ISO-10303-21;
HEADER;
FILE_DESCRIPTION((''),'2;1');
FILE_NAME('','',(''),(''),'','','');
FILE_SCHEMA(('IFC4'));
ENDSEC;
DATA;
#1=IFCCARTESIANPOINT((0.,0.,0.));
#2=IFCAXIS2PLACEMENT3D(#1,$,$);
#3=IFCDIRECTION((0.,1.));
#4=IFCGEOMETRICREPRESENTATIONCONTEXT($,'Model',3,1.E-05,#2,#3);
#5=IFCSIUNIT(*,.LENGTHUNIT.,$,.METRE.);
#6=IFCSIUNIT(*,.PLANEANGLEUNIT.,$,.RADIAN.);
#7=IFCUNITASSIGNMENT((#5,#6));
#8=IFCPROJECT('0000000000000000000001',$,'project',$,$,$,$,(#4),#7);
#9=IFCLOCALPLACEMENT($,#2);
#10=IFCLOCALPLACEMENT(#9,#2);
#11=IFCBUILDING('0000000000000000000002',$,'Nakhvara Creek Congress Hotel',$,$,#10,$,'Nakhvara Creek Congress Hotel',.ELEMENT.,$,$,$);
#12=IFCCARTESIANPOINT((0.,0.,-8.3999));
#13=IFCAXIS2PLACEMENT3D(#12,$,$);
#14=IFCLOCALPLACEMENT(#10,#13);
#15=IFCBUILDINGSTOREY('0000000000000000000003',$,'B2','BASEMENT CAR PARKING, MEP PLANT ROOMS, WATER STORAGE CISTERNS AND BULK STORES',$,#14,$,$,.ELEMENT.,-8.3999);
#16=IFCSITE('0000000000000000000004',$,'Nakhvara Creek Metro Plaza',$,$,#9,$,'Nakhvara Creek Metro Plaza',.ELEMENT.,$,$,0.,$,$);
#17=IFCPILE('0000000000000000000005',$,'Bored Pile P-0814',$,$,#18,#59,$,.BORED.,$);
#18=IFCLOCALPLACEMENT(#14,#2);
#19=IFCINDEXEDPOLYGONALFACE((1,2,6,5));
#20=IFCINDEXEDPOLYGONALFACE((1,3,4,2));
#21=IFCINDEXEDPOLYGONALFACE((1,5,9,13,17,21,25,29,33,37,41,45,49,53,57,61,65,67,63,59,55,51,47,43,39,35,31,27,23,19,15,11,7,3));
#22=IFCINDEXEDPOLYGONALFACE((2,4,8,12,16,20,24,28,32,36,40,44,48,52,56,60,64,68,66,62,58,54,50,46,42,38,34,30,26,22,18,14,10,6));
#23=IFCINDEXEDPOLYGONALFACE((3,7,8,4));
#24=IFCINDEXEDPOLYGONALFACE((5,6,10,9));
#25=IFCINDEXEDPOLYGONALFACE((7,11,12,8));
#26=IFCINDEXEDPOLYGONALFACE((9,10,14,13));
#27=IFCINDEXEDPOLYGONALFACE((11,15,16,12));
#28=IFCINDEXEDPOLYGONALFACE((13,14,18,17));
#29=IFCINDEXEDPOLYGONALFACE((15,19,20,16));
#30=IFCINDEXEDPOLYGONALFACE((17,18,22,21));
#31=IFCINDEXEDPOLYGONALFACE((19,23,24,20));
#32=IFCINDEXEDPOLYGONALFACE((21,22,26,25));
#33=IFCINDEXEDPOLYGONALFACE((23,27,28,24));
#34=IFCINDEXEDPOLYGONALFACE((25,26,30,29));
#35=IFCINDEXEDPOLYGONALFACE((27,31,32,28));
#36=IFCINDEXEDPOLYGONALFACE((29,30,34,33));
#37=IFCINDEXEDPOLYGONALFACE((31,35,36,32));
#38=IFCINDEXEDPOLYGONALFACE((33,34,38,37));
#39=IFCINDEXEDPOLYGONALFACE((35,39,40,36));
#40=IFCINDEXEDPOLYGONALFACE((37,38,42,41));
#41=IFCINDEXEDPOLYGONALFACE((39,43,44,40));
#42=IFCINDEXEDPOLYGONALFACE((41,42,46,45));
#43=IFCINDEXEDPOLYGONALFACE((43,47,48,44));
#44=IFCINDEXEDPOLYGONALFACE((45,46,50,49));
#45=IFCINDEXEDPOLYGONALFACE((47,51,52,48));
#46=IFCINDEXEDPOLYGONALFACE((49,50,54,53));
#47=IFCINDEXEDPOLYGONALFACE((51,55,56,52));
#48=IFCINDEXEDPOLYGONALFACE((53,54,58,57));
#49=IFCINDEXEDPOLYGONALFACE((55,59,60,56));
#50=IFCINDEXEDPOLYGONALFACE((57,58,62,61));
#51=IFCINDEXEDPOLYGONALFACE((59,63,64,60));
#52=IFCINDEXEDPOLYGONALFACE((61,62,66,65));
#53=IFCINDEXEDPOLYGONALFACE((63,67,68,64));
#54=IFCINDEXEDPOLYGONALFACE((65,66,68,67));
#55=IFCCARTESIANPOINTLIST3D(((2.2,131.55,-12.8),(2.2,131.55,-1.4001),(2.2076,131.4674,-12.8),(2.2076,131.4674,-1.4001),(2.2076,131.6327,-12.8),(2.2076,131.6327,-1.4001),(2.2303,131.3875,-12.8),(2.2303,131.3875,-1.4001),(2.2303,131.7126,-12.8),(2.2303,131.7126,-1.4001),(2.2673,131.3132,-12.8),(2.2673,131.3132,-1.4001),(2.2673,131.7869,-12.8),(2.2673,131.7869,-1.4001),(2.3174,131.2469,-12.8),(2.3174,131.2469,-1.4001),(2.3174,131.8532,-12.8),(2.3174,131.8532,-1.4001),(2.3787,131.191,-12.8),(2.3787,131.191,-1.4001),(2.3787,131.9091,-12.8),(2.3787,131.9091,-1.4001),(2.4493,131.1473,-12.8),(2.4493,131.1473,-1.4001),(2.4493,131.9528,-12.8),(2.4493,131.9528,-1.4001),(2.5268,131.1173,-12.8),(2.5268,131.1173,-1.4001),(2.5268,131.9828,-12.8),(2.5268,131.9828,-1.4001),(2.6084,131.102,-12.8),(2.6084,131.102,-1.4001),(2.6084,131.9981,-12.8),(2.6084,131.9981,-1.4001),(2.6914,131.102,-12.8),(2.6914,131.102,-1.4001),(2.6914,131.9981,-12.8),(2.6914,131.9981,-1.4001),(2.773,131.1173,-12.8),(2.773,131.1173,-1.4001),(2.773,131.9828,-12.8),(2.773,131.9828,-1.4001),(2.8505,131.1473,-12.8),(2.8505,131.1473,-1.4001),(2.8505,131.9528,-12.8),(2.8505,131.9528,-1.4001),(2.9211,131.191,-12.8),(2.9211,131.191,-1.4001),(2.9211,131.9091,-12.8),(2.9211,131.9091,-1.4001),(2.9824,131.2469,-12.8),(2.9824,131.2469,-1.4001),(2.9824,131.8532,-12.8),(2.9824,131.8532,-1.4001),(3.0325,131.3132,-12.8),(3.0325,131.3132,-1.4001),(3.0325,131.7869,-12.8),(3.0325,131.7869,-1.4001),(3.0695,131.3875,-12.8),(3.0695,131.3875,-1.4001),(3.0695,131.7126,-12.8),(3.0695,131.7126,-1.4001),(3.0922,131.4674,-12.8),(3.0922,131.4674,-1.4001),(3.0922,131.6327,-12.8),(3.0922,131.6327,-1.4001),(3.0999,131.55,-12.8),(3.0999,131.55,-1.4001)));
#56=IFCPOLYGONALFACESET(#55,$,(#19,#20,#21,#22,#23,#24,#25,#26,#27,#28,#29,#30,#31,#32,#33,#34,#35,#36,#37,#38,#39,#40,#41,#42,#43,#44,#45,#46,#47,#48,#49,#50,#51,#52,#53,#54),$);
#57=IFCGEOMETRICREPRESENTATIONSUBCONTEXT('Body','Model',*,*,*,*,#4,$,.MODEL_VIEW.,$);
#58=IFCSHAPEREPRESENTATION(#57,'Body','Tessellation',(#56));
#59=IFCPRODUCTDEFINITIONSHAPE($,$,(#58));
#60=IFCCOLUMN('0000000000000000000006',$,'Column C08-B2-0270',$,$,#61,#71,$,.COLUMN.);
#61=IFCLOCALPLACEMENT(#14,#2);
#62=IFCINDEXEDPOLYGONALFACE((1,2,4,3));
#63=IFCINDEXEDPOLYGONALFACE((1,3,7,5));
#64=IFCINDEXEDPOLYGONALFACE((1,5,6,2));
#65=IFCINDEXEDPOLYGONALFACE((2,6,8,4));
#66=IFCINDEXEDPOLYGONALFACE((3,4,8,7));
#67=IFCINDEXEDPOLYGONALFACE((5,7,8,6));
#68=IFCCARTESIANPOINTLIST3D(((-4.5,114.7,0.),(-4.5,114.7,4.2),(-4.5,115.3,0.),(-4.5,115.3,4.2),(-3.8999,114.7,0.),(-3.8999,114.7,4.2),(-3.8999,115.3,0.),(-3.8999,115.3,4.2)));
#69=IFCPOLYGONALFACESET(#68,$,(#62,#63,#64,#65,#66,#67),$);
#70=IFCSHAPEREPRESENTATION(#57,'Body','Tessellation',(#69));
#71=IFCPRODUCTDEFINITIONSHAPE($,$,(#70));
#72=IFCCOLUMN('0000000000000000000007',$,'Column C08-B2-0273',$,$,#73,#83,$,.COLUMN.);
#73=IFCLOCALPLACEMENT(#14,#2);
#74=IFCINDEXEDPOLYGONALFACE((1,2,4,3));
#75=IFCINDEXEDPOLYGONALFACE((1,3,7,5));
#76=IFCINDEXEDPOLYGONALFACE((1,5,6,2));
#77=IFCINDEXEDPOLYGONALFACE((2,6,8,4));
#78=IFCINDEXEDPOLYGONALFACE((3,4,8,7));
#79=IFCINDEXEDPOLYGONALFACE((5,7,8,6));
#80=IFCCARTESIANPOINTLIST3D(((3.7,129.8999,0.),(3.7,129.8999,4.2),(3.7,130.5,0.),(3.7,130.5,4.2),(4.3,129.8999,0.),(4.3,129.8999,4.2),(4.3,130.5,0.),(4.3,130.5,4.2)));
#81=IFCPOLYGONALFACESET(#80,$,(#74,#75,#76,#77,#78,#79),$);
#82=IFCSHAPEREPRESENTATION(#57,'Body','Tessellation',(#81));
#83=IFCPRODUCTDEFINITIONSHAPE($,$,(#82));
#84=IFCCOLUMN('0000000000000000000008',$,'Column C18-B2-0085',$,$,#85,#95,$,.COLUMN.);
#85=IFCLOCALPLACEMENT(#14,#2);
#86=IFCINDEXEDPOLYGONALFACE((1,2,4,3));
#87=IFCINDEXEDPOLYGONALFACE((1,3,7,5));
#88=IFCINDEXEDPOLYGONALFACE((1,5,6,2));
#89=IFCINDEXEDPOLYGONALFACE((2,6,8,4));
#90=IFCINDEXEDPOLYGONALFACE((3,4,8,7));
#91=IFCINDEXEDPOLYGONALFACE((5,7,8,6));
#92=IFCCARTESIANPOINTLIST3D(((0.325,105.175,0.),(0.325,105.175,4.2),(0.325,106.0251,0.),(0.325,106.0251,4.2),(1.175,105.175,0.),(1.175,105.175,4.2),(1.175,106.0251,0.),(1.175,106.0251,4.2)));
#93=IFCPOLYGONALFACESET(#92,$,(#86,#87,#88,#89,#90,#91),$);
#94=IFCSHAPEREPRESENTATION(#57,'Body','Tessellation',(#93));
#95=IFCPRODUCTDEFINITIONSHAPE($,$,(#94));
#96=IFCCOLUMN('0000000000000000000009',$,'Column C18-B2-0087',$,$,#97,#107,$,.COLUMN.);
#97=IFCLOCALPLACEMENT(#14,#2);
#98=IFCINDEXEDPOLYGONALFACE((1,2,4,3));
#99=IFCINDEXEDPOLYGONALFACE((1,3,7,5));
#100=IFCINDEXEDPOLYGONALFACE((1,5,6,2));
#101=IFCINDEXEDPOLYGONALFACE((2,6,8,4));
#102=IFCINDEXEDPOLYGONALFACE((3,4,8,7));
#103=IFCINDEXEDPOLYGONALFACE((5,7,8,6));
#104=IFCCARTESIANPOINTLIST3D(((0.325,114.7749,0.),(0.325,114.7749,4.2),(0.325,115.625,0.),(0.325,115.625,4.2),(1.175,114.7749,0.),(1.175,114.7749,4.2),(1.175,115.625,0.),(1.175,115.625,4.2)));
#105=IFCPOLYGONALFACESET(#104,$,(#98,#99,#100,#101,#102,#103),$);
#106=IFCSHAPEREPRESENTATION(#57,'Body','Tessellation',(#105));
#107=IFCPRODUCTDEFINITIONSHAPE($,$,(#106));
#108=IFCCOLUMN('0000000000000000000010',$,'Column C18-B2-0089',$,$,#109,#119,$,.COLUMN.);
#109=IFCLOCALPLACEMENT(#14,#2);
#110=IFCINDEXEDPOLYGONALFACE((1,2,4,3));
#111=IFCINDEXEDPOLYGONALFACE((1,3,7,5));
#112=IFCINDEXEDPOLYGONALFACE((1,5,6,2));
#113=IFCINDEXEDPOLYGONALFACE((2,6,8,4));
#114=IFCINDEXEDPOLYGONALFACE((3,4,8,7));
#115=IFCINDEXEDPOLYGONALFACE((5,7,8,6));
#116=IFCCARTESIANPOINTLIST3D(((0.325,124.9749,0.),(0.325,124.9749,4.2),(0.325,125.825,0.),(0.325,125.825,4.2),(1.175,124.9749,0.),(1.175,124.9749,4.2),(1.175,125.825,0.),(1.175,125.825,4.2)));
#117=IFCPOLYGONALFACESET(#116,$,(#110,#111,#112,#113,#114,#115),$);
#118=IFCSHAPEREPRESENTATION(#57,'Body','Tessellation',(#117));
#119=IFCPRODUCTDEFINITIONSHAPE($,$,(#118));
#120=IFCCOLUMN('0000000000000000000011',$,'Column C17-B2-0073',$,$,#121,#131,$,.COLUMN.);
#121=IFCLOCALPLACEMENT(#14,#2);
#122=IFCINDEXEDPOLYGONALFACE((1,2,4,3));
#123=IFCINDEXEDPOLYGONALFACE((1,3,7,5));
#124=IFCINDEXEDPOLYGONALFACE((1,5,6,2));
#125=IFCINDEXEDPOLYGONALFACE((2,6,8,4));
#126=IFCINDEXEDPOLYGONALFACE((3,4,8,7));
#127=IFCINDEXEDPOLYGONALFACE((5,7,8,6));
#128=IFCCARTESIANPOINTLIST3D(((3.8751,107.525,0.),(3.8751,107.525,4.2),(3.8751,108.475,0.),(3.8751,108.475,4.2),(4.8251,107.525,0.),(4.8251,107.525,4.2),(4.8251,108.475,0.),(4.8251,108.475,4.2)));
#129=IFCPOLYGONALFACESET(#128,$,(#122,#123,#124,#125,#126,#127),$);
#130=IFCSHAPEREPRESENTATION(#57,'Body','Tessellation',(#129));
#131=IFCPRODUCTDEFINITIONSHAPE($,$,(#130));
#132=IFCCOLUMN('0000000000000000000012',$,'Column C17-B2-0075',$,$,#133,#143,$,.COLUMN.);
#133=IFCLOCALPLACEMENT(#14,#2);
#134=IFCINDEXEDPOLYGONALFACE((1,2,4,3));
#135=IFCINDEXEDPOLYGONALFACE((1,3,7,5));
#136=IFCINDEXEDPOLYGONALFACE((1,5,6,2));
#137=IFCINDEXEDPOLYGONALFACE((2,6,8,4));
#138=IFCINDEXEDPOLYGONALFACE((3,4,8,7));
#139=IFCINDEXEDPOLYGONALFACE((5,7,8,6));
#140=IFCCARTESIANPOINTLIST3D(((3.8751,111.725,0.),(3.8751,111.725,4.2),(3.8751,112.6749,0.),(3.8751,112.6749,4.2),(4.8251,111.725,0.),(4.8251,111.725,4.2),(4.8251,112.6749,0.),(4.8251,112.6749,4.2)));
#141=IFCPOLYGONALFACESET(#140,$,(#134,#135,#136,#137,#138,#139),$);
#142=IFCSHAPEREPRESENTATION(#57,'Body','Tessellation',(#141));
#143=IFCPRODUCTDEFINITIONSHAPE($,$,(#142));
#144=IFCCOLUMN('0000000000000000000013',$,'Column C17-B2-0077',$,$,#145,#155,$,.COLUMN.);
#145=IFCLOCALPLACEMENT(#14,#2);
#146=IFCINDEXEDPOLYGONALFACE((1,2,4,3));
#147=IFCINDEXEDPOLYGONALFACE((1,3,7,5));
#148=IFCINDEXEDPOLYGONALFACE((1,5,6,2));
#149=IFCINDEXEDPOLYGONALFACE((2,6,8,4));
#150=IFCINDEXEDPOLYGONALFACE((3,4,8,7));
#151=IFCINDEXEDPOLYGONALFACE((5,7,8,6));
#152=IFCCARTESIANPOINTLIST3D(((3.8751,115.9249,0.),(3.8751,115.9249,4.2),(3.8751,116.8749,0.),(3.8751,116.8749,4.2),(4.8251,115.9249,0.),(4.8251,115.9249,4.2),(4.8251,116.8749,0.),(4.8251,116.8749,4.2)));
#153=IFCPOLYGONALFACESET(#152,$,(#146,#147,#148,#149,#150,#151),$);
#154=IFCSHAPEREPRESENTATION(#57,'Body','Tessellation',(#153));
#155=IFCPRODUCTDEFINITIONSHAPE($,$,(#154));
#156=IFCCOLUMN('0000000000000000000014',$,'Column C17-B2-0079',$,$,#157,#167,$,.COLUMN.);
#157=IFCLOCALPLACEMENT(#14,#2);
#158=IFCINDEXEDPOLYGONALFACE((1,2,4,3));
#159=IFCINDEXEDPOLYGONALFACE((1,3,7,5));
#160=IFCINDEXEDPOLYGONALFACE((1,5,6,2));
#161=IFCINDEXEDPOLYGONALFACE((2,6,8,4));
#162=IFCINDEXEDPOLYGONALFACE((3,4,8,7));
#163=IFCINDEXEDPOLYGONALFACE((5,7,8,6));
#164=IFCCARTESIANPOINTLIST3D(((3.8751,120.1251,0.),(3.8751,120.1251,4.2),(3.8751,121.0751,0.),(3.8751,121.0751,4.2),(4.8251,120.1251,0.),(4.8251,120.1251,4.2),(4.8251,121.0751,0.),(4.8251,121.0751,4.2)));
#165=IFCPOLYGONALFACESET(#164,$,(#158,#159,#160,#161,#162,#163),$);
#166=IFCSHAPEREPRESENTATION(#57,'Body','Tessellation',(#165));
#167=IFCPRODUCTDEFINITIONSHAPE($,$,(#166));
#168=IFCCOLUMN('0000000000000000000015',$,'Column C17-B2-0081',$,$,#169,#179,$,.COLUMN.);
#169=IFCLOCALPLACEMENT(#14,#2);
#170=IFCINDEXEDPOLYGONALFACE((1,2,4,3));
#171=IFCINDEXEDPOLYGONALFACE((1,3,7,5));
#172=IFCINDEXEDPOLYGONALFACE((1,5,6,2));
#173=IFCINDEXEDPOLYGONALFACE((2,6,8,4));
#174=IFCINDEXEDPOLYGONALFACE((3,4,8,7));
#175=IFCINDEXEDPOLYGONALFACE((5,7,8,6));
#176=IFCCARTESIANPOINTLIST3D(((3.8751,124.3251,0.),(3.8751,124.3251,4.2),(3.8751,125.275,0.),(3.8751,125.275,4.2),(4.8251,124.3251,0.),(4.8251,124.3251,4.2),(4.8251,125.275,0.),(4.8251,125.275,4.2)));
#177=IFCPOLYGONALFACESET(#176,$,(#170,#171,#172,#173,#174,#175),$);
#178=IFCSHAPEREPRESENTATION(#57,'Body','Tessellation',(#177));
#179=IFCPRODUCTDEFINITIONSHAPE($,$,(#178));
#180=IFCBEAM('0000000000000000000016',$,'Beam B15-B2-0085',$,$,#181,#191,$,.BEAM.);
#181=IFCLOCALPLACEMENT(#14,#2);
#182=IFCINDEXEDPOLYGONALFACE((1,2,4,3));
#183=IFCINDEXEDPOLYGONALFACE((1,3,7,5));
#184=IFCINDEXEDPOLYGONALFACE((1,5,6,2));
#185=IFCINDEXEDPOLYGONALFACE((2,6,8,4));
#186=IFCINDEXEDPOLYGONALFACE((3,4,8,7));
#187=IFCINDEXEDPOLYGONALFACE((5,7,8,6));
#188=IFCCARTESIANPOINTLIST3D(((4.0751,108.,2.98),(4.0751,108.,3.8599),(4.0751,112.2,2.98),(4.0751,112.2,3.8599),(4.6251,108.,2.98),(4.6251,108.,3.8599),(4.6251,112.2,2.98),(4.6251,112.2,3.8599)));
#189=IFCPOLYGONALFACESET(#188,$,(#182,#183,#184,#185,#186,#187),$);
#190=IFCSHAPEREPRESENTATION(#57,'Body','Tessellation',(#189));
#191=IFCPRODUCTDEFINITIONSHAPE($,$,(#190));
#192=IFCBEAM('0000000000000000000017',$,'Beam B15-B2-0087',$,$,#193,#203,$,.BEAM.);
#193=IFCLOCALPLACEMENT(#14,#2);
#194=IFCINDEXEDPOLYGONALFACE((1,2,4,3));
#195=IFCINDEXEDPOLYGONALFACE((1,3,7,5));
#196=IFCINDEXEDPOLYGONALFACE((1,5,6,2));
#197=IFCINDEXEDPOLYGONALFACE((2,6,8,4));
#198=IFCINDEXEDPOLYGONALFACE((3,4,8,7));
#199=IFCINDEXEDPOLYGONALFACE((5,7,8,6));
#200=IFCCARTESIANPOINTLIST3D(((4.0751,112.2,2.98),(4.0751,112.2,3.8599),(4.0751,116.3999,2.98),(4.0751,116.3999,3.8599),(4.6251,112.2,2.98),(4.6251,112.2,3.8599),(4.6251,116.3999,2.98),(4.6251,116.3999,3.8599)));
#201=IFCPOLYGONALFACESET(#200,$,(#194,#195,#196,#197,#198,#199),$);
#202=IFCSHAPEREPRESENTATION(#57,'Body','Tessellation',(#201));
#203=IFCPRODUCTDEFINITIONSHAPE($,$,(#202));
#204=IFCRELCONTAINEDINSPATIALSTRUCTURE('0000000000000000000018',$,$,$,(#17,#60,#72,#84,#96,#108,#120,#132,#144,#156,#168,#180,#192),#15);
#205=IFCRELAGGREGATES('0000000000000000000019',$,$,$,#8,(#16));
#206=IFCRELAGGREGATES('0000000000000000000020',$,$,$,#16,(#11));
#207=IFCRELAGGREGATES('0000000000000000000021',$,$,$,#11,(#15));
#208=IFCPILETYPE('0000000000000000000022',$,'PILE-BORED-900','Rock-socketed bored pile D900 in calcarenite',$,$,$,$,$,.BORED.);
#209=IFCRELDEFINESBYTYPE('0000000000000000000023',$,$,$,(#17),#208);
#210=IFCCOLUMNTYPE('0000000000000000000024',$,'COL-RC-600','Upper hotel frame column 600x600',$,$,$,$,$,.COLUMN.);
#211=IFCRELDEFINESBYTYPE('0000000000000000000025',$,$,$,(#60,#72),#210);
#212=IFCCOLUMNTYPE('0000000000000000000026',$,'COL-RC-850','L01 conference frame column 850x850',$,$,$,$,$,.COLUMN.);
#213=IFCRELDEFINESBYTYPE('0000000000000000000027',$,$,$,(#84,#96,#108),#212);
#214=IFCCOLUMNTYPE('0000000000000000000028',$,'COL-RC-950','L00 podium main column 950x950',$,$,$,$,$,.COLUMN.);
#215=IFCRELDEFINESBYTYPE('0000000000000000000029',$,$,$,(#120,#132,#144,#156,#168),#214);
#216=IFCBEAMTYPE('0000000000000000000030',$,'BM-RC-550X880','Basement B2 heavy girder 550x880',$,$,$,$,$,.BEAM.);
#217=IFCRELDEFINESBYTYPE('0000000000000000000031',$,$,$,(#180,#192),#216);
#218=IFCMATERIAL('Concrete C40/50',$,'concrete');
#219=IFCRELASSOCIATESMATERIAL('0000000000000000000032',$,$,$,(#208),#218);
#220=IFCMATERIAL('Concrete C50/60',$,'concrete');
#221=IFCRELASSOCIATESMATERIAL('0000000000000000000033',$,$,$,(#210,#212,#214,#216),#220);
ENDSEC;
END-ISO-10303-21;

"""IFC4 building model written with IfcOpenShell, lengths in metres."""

from ifc_helpers import new_model, si_unit, direction, frame, origin, origin_2d, place, context, subcontext, project, spatial, rectangle, circle, extrude, material, material_profile, profile_set, type_object, element, save


model = new_model("IFC4")

# Units and contexts
model_context = context("Model", 3, precision=1e-05, world=origin(), true_north=direction((0.0, 1.0)))
body_context = subcontext(model_context, "Body", "Model", "MODEL_VIEW")
ifc_project = project(units=[si_unit("LENGTHUNIT", "METRE"), si_unit("PLANEANGLEUNIT", "RADIAN")], contexts=[model_context])

# Site, building, storey
site_placement = place(None, origin())
site = spatial("IfcSite", under=ifc_project, at=site_placement, Name="Nakhvara Creek Metro Plaza", LongName="Nakhvara Creek Metro Plaza", CompositionType="ELEMENT", RefElevation=0.0)
building_placement = place(site_placement, origin())
building = spatial("IfcBuilding", under=site, at=building_placement, Name="Nakhvara Creek Congress Hotel", LongName="Nakhvara Creek Congress Hotel", CompositionType="ELEMENT")
storey_placement = place(building_placement, frame((0.0, 0.0, -8.3999)))
storey = spatial("IfcBuildingStorey", under=building, at=storey_placement, Name="B2", Description="BASEMENT CAR PARKING, MEP PLANT ROOMS, WATER STORAGE CISTERNS AND BULK STORES", CompositionType="ELEMENT", Elevation=-8.3999)

# Shared definitions
ifc_material_1 = material(Name="Concrete C40/50", Category="concrete")

# Pile
ifc_material_profile_1 = material_profile(ifc_material_1, circle(Radius=0.45, at=origin_2d()), Name="BORED PILE D900", Category="LoadBearing")
ifc_profile_set_1 = profile_set([ifc_material_profile_1], Name="Concrete C40/50")
pile_type = type_object("IfcPileType", Name="PILE-BORED-900", Description="Rock-socketed bored pile D900 in calcarenite", PredefinedType="BORED", material=ifc_profile_set_1)
pile_placement = place(storey_placement, frame((2.6499, 131.55, -1.4001), z_axis=(0.0, 0.0, -1.0), x_axis=(1.0, 0.0, 0.0)))
element("IfcPile", 1, at=pile_placement, inside=storey, type_object=pile_type, Name="Bored Pile P-0814", PredefinedType="BORED", context=body_context, shape_type="SweptSolid", body=[
    extrude(circle(Radius=0.45, at=origin_2d()), origin(), (0.0, 0.0, 1.0), 11.3999),
])

# Columns
ifc_material_2 = material(Name="Concrete C50/60", Category="concrete")
ifc_material_profile_2 = material_profile(ifc_material_2, rectangle(XDim=0.6001, YDim=0.6001, at=origin_2d()), Name="RC-COL 600x600", Category="LoadBearing")
ifc_profile_set_2 = profile_set([ifc_material_profile_2], Name="Concrete C50/60")
column_type_1 = type_object("IfcColumnType", Name="COL-RC-600", Description="Upper hotel frame column 600x600", PredefinedType="COLUMN", material=ifc_profile_set_2)
for number, where, z_axis, x_axis, name in (
    (2, (-4.2, 115.0, 0.0), (0.0, 0.0, 1.0), (1.0, 0.0, 0.0), "Column C08-B2-0270"),
    (3, (4.0, 130.2, 0.0), (0.0, 0.0, 1.0), (1.0, 0.0, 0.0), "Column C08-B2-0273"),
):
    element("IfcColumn", number, at=place(storey_placement, frame(where, z_axis=z_axis, x_axis=x_axis)), inside=storey, type_object=column_type_1, Name=name, PredefinedType="COLUMN", context=body_context, shape_type="SweptSolid", body=[
        extrude(rectangle(XDim=0.6001, YDim=0.6001, at=origin_2d()), origin(), (0.0, 0.0, 1.0), 4.2),
    ])
ifc_material_profile_3 = material_profile(ifc_material_2, rectangle(XDim=0.8501, YDim=0.8501, at=origin_2d()), Name="RC-COL 850x850", Category="LoadBearing")
ifc_profile_set_3 = profile_set([ifc_material_profile_3], Name="Concrete C50/60")
column_type_2 = type_object("IfcColumnType", Name="COL-RC-850", Description="L01 conference frame column 850x850", PredefinedType="COLUMN", material=ifc_profile_set_3)
for number, where, z_axis, x_axis, name in (
    (4, (0.75, 105.6001, 0.0), (0.0, 0.0, 1.0), (1.0, 0.0, 0.0), "Column C18-B2-0085"),
    (5, (0.75, 115.2, 0.0), (0.0, 0.0, 1.0), (1.0, 0.0, 0.0), "Column C18-B2-0087"),
    (6, (0.75, 125.3999, 0.0), (0.0, 0.0, 1.0), (1.0, 0.0, 0.0), "Column C18-B2-0089"),
):
    element("IfcColumn", number, at=place(storey_placement, frame(where, z_axis=z_axis, x_axis=x_axis)), inside=storey, type_object=column_type_2, Name=name, PredefinedType="COLUMN", context=body_context, shape_type="SweptSolid", body=[
        extrude(rectangle(XDim=0.8501, YDim=0.8501, at=origin_2d()), origin(), (0.0, 0.0, 1.0), 4.2),
    ])
ifc_material_profile_4 = material_profile(ifc_material_2, rectangle(XDim=0.95, YDim=0.95, at=origin_2d()), Name="RC-COL 950x950", Category="LoadBearing")
ifc_profile_set_4 = profile_set([ifc_material_profile_4], Name="Concrete C50/60")
column_type_3 = type_object("IfcColumnType", Name="COL-RC-950", Description="L00 podium main column 950x950", PredefinedType="COLUMN", material=ifc_profile_set_4)
for number, where, z_axis, x_axis, name in (
    (7, (4.3501, 108.0, 0.0), (0.0, 0.0, 1.0), (1.0, 0.0, 0.0), "Column C17-B2-0073"),
    (8, (4.3501, 112.2, 0.0), (0.0, 0.0, 1.0), (1.0, 0.0, 0.0), "Column C17-B2-0075"),
    (9, (4.3501, 116.3999, 0.0), (0.0, 0.0, 1.0), (1.0, 0.0, 0.0), "Column C17-B2-0077"),
    (10, (4.3501, 120.6001, 0.0), (0.0, 0.0, 1.0), (1.0, 0.0, 0.0), "Column C17-B2-0079"),
    (11, (4.3501, 124.8, 0.0), (0.0, 0.0, 1.0), (1.0, 0.0, 0.0), "Column C17-B2-0081"),
):
    element("IfcColumn", number, at=place(storey_placement, frame(where, z_axis=z_axis, x_axis=x_axis)), inside=storey, type_object=column_type_3, Name=name, PredefinedType="COLUMN", context=body_context, shape_type="SweptSolid", body=[
        extrude(rectangle(XDim=0.95, YDim=0.95, at=origin_2d()), origin(), (0.0, 0.0, 1.0), 4.2),
    ])

# Beams
ifc_material_profile_5 = material_profile(ifc_material_2, rectangle(XDim=0.55, YDim=0.8799, at=origin_2d()), Name="RC-BM 550x880", Category="LoadBearing")
ifc_profile_set_5 = profile_set([ifc_material_profile_5], Name="Concrete C50/60")
beam_type_1 = type_object("IfcBeamType", Name="BM-RC-550X880", Description="Basement B2 heavy girder 550x880", PredefinedType="BEAM", material=ifc_profile_set_5)
for number, where, z_axis, x_axis, name in (
    (12, (4.3501, 108.0, 3.4199), (0.0, 1.0, 0.0), (-1.0, 0.0, 0.0), "Beam B15-B2-0085"),
    (13, (4.3501, 112.2, 3.4199), (0.0, 1.0, 0.0), (-1.0, 0.0, 0.0), "Beam B15-B2-0087"),
):
    element("IfcBeam", number, at=place(storey_placement, frame(where, z_axis=z_axis, x_axis=x_axis)), inside=storey, type_object=beam_type_1, Name=name, PredefinedType="BEAM", context=body_context, shape_type="SweptSolid", body=[
        extrude(rectangle(XDim=0.55, YDim=0.8799, at=origin_2d()), origin(), (0.0, 0.0, 1.0), 4.2),
    ])

save(model, "model.ifc")
